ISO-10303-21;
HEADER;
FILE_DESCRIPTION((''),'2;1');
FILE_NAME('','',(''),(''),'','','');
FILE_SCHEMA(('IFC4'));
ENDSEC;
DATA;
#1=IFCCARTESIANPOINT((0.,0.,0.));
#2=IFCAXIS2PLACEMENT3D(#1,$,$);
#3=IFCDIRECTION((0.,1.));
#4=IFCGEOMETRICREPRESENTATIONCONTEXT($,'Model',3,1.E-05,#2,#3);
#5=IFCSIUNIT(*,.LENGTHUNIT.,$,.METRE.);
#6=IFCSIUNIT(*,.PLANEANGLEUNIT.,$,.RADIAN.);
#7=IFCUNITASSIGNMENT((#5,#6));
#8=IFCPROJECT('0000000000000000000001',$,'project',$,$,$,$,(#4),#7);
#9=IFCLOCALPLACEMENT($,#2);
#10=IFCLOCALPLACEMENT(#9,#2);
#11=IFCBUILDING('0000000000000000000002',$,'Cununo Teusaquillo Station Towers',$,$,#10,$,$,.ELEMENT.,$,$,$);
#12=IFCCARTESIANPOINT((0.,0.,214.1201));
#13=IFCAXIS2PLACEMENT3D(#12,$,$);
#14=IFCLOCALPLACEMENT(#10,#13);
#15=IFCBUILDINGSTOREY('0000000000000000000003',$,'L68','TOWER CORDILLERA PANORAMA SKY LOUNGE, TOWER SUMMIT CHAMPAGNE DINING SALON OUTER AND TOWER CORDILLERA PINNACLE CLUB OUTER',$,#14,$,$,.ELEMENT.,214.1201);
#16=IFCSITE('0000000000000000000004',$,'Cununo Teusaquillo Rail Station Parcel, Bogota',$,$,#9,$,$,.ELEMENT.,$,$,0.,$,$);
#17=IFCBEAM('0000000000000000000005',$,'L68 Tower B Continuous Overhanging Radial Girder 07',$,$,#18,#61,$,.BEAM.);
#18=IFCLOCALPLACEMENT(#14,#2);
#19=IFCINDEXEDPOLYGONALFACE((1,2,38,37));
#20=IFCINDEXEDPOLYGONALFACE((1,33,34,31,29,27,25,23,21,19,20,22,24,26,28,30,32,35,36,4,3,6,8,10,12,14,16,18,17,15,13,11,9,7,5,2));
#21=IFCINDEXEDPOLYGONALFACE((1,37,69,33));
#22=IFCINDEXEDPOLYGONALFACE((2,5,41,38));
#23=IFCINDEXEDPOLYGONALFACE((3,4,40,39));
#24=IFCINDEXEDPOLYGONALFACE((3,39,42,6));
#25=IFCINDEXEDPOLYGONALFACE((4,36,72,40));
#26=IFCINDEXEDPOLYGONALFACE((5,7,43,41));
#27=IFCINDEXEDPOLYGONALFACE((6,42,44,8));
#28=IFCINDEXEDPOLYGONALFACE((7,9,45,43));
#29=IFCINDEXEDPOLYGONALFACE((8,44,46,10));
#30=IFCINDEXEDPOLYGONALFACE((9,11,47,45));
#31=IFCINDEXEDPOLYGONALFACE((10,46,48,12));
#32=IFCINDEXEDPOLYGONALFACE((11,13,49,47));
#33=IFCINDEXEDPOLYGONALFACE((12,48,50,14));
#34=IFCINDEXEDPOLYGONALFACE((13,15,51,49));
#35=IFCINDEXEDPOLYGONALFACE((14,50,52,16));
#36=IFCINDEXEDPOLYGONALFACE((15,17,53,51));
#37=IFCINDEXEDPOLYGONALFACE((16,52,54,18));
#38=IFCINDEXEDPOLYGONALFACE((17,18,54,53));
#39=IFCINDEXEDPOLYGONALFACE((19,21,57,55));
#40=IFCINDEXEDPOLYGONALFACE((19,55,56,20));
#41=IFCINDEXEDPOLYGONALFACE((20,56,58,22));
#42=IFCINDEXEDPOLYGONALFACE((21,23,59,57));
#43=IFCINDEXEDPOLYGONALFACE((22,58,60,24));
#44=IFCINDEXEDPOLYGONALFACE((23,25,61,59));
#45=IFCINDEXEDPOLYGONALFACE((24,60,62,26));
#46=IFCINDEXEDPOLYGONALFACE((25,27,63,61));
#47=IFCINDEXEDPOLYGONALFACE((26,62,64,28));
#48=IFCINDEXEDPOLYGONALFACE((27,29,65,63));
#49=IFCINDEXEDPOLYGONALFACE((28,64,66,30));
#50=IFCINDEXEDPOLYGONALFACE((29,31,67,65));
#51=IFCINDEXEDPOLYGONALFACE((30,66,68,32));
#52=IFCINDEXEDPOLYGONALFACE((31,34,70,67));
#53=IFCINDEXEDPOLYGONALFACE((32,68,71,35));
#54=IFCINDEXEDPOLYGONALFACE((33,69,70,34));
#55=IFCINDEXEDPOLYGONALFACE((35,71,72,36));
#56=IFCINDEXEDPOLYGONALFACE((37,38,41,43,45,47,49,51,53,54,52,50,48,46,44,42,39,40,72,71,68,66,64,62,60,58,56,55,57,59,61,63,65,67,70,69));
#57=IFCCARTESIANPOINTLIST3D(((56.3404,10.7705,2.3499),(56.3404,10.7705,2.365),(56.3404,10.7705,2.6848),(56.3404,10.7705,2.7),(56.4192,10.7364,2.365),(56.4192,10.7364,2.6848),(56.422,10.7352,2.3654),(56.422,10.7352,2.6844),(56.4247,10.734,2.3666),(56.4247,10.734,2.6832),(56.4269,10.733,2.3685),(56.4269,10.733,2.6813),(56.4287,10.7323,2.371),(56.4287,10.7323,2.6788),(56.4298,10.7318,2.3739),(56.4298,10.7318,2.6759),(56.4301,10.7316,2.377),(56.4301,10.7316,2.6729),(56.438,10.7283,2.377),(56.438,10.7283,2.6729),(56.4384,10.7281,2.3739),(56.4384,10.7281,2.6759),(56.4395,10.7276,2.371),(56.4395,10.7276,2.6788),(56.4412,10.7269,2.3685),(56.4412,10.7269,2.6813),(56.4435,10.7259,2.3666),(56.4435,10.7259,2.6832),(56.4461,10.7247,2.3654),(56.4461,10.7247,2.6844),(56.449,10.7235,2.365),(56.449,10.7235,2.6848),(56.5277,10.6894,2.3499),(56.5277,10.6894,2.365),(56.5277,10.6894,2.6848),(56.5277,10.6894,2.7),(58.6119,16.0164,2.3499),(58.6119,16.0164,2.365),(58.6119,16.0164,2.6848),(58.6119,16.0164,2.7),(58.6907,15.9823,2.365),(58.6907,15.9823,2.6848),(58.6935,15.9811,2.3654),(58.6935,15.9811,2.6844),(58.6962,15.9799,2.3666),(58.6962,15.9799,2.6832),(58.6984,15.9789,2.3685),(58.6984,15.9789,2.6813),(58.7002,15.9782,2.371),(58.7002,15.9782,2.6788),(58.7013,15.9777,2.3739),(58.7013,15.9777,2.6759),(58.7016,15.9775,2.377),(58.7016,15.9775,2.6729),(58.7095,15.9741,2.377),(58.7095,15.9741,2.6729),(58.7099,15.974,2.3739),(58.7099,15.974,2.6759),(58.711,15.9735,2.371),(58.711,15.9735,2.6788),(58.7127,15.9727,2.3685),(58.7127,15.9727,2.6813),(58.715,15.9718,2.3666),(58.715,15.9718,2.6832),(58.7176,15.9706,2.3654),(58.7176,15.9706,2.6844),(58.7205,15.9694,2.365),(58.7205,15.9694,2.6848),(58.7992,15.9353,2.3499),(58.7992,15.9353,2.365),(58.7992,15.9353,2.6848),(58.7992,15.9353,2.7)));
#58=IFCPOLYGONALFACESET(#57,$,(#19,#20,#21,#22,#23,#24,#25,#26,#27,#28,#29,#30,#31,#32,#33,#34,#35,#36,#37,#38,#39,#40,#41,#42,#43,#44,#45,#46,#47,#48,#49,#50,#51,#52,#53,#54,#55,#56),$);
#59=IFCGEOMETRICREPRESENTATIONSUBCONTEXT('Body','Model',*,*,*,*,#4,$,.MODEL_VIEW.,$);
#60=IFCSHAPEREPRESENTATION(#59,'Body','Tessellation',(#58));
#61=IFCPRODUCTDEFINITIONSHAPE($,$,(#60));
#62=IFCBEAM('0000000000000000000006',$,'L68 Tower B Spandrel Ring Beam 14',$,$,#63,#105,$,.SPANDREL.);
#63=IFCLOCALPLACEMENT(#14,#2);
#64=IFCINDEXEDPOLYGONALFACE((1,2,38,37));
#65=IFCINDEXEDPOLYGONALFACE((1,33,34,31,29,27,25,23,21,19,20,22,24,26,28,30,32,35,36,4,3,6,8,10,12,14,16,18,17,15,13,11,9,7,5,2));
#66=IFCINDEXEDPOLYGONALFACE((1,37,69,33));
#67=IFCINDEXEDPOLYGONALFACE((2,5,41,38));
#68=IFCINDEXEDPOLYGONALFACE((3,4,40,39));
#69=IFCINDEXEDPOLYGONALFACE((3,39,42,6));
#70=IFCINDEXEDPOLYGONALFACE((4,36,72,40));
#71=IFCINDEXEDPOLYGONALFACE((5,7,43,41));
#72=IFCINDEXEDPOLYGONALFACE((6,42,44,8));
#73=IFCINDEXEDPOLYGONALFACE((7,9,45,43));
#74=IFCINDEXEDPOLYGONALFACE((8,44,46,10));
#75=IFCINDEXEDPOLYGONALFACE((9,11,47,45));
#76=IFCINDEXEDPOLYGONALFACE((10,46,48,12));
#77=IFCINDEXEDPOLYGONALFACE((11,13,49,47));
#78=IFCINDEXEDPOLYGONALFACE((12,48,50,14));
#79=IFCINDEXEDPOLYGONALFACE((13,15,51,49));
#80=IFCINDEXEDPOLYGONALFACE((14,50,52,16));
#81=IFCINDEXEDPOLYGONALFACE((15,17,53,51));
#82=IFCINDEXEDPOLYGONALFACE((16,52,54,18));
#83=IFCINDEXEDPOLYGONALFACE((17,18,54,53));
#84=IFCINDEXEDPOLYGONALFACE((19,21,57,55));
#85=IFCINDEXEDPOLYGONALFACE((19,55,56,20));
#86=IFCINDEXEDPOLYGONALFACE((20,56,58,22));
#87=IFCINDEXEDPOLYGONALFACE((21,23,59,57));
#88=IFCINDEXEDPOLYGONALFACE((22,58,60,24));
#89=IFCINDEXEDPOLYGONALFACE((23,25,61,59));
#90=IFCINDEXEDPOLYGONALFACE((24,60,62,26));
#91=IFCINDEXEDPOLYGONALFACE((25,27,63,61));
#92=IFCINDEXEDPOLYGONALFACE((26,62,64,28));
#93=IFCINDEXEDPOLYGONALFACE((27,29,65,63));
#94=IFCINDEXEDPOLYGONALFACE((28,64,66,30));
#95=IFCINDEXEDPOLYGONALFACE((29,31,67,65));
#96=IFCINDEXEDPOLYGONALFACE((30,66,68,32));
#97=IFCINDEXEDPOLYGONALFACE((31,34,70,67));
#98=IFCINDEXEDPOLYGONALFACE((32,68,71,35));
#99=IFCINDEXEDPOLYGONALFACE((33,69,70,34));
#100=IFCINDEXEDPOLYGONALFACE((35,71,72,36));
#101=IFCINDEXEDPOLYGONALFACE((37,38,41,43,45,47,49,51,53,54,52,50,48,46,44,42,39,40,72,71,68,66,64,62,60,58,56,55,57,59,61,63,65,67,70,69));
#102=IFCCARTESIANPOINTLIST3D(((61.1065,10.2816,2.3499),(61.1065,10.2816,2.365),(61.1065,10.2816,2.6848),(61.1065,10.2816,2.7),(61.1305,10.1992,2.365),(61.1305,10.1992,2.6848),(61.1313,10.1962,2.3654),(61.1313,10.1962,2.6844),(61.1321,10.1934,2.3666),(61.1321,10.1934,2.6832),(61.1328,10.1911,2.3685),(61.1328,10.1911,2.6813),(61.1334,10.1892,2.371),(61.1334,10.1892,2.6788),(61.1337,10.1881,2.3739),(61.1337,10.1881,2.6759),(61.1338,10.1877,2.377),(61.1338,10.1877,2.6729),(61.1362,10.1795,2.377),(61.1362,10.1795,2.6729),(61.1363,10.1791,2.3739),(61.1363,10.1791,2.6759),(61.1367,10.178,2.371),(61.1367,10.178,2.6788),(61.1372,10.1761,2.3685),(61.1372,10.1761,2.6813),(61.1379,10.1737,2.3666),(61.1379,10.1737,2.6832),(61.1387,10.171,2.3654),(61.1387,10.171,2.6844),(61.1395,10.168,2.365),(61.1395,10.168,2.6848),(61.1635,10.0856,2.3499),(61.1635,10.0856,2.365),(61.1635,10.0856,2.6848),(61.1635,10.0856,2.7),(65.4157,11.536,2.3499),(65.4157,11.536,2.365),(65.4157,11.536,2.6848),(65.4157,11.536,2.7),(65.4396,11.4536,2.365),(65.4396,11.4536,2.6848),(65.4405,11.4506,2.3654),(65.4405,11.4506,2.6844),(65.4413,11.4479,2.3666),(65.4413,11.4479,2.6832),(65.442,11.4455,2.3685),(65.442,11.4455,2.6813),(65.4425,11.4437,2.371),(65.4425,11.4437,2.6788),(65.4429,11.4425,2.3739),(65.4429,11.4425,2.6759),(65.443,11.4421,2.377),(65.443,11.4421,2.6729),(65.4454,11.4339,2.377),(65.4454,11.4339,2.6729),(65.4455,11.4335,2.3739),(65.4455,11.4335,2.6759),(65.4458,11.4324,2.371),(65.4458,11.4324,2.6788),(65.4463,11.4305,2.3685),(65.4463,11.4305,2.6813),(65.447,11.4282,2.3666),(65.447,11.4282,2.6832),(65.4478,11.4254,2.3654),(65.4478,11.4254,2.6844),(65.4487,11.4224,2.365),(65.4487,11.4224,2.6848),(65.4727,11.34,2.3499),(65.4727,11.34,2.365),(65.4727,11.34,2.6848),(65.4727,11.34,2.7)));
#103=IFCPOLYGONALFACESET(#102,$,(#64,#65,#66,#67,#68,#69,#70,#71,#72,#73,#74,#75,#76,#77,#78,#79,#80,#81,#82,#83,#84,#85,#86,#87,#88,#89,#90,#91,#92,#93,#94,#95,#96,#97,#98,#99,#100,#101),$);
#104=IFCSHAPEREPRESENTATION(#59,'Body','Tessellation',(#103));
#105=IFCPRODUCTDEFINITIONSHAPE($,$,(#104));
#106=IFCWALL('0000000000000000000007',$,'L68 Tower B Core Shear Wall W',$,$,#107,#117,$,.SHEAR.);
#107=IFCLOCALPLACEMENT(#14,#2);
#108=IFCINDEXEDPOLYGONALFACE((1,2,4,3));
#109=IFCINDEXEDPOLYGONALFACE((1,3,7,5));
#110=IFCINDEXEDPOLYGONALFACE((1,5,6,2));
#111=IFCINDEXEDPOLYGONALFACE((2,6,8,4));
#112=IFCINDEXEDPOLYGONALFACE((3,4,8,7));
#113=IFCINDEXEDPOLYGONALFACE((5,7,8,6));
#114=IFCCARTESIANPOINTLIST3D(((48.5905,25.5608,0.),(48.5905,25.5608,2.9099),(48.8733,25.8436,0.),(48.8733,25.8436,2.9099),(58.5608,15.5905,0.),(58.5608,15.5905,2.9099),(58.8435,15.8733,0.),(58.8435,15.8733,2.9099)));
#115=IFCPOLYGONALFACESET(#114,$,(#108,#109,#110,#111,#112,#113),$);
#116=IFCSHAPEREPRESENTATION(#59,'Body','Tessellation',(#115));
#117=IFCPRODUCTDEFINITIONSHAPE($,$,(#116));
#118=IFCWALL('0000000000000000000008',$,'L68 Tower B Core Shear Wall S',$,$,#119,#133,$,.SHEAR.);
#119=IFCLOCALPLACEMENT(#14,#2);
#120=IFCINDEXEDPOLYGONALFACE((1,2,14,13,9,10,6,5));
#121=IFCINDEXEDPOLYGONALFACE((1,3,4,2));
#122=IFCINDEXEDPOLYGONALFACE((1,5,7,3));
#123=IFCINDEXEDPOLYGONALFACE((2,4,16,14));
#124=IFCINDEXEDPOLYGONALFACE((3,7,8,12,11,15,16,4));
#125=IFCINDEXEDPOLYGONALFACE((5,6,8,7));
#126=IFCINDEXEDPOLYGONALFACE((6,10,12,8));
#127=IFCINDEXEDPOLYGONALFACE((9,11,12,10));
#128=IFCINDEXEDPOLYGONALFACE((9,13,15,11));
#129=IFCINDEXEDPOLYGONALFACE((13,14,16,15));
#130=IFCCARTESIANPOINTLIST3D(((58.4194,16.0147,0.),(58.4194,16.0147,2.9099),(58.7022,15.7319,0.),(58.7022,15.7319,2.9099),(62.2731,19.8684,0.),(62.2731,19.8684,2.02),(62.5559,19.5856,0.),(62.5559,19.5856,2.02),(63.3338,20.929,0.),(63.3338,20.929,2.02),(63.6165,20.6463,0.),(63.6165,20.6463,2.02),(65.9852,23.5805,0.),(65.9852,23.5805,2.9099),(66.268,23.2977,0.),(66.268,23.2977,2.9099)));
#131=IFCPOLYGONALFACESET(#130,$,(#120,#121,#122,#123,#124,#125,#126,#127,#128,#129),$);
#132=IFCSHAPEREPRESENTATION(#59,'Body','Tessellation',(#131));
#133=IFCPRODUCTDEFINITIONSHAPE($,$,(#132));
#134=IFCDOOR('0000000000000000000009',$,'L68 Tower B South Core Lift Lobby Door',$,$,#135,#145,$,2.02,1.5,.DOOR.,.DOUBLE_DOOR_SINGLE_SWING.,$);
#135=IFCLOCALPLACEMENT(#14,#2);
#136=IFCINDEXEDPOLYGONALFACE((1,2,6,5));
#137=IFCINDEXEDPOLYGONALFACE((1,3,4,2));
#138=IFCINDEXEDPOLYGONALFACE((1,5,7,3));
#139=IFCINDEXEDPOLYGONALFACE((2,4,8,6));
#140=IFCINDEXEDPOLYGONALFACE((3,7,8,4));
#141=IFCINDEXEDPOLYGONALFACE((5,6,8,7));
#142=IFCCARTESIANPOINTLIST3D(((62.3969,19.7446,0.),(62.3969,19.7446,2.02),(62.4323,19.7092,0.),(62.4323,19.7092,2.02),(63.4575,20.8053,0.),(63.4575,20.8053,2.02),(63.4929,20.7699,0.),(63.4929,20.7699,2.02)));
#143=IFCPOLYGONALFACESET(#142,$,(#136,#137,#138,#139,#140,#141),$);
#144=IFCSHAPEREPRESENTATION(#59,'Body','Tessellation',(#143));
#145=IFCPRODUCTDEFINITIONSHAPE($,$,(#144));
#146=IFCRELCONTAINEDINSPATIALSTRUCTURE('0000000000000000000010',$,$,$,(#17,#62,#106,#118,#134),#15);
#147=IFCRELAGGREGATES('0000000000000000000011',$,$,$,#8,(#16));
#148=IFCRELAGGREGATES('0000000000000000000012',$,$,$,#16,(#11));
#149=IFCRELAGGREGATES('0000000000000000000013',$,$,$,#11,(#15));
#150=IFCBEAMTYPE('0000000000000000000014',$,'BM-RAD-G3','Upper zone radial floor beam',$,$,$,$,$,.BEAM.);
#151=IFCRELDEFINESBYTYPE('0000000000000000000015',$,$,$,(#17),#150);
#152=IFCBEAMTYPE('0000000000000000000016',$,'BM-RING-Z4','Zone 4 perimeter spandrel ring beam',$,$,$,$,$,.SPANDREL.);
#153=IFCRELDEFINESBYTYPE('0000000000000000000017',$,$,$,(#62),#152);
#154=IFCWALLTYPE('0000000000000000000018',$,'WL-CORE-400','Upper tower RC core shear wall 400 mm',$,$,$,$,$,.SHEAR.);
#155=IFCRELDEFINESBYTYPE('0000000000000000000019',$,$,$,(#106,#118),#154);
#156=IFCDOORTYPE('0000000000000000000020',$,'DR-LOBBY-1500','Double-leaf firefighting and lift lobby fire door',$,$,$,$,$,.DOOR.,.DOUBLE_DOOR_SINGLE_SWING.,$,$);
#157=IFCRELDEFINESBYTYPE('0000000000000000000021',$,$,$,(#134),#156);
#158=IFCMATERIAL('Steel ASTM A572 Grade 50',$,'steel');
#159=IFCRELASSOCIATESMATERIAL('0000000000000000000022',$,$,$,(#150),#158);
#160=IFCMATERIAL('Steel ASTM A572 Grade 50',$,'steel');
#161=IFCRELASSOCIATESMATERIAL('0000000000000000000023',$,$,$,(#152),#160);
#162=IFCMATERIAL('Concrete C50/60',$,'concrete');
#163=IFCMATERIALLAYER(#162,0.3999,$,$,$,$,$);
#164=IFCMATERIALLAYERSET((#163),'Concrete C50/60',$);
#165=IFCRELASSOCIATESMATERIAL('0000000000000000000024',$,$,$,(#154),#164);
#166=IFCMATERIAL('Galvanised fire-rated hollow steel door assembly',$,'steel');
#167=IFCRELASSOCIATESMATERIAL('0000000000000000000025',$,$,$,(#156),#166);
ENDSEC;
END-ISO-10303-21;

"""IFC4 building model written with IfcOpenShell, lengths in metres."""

from ifc_helpers import new_model, si_unit, direction, frame, frame_2d, origin, origin_2d, place, context, subcontext, project, spatial, rectangle, i_section, extrude, source, transform, mapped, material, layer, layer_set, material_profile, profile_set, type_object, element, fill, save


model = new_model("IFC4")

# Units and contexts
model_context = context("Model", 3, precision=1e-05, world=origin(), true_north=direction((0.0, 1.0)))
body_context = subcontext(model_context, "Body", "Model", "MODEL_VIEW")
ifc_project = project(units=[si_unit("LENGTHUNIT", "METRE"), si_unit("PLANEANGLEUNIT", "RADIAN")], contexts=[model_context])

# Site, building, storey
site_placement = place(None, origin())
site = spatial("IfcSite", under=ifc_project, at=site_placement, Name="Cununo Teusaquillo Rail Station Parcel, Bogota", CompositionType="ELEMENT", RefElevation=0.0)
building_placement = place(site_placement, origin())
building = spatial("IfcBuilding", under=site, at=building_placement, Name="Cununo Teusaquillo Station Towers", CompositionType="ELEMENT")
storey_placement = place(building_placement, frame((0.0, 0.0, 214.1201)))
storey = spatial("IfcBuildingStorey", under=building, at=storey_placement, Name="L68", Description="TOWER CORDILLERA PANORAMA SKY LOUNGE, TOWER SUMMIT CHAMPAGNE DINING SALON OUTER AND TOWER CORDILLERA PINNACLE CLUB OUTER", CompositionType="ELEMENT", Elevation=214.1201)

# Beams
ifc_material_1 = material(Name="Steel ASTM A572 Grade 50", Category="steel")
ifc_material_profile_1 = material_profile(ifc_material_1, i_section(OverallWidth=0.2041, OverallDepth=0.3501, WebThickness=0.0085, FlangeThickness=0.0151, FilletRadius=0.012, at=origin_2d()), Name="W14X48")
ifc_profile_set_1 = profile_set([ifc_material_profile_1], Name="Steel ASTM A572 Grade 50")
beam_type_1 = type_object("IfcBeamType", Name="BM-RAD-G3", Description="Upper zone radial floor beam", PredefinedType="BEAM", material=ifc_profile_set_1)
beam_1_placement = place(storey_placement, frame((58.7056, 15.9758, 2.5249), z_axis=(-0.397355, -0.917665, 0.0), x_axis=(0.917665, -0.397355, 0.0)))
element("IfcBeam", 1, at=beam_1_placement, inside=storey, type_object=beam_type_1, Name="L68 Tower B Continuous Overhanging Radial Girder 07", PredefinedType="BEAM", context=body_context, shape_type="SweptSolid", body=[
    extrude(i_section(OverallWidth=0.2041, OverallDepth=0.3501, WebThickness=0.0085, FlangeThickness=0.0151, FilletRadius=0.012, at=origin_2d()), origin(), (0.0, 0.0, 1.0), 5.7166),
])
ifc_material_2 = material(Name="Steel ASTM A572 Grade 50", Category="steel")
ifc_material_profile_2 = material_profile(ifc_material_2, i_section(OverallWidth=0.2041, OverallDepth=0.3501, WebThickness=0.0085, FlangeThickness=0.0151, FilletRadius=0.012, at=origin_2d()), Name="W14X48")
ifc_profile_set_2 = profile_set([ifc_material_profile_2], Name="Steel ASTM A572 Grade 50")
beam_type_2 = type_object("IfcBeamType", Name="BM-RING-Z4", Description="Zone 4 perimeter spandrel ring beam", PredefinedType="SPANDREL", material=ifc_profile_set_2)
beam_2_placement = place(storey_placement, frame((61.135, 10.1836, 2.5249), z_axis=(0.960145, 0.279503, 0.0), x_axis=(-0.279503, 0.960145, 0.0)))
element("IfcBeam", 2, at=beam_2_placement, inside=storey, type_object=beam_type_2, Name="L68 Tower B Spandrel Ring Beam 14", PredefinedType="SPANDREL", context=body_context, shape_type="SweptSolid", body=[
    extrude(i_section(OverallWidth=0.2041, OverallDepth=0.3501, WebThickness=0.0085, FlangeThickness=0.0151, FilletRadius=0.012, at=origin_2d()), origin(), (0.0, 0.0, 1.0), 4.488),
])

# Wall
ifc_material_3 = material(Name="Concrete C50/60", Category="concrete")
ifc_layer_1 = layer(ifc_material_3, 0.3999)
ifc_layer_set_1 = layer_set([ifc_layer_1], Name="Concrete C50/60")
wall_type_1 = type_object("IfcWallType", Name="WL-CORE-400", Description="Upper tower RC core shear wall 400 mm", PredefinedType="SHEAR", material=ifc_layer_set_1)
wall_1_placement = place(storey_placement, frame((58.7021, 15.7319, 0.0), z_axis=(0.0, 0.0, 1.0), x_axis=(-0.707107, 0.707107, 0.0)))
element("IfcWall", 3, at=wall_1_placement, inside=storey, type_object=wall_type_1, Name="L68 Tower B Core Shear Wall W", PredefinedType="SHEAR", context=body_context, shape_type="SweptSolid", body=[
    extrude(rectangle(XDim=14.1001, YDim=0.3999, at=frame_2d((7.05, 0.0))), origin(), (0.0, 0.0, 1.0), 2.9099),
])

# Wall, opening, door
wall_2_placement = place(storey_placement, frame((58.5608, 15.8733, 0.0), z_axis=(0.0, 0.0, 1.0), x_axis=(0.707107, 0.707107, 0.0)))
wall_2 = element("IfcWall", 4, at=wall_2_placement, inside=storey, type_object=wall_type_1, Name="L68 Tower B Core Shear Wall S", PredefinedType="SHEAR", context=body_context, shape_type="SweptSolid", body=[
    extrude(rectangle(XDim=10.6997, YDim=0.3999, at=frame_2d((5.3499, 0.0))), origin(), (0.0, 0.0, 1.0), 2.9099),
])
shared_shape_1 = source(origin(), body_context, "Body", "SweptSolid", [
    extrude(rectangle(XDim=1.5, YDim=2.02, at=frame_2d((0.75, 1.01))), frame((0.0, 0.21, 0.0), z_axis=(0.0, -1.0, 0.0), x_axis=(1.0, 0.0, 0.0)), (0.0, 0.0, 1.0), 0.4199),
])
opening_1_placement = place(wall_2_placement, frame((5.45, 0.0, 0.0)))
opening_1 = element("IfcOpeningElement", 5, at=opening_1_placement, cuts=wall_2, PredefinedType="OPENING", context=body_context, shape_type="MappedRepresentation", body=[
    mapped(shared_shape_1, transform((0.0, 0.0, 0.0), x_axis=(1.0, 0.0, 0.0), y_axis=(0.0, 1.0, 0.0), z_axis=(0.0, 0.0, 1.0), scale=1.0)),
])
ifc_material_4 = material(Name="Galvanised fire-rated hollow steel door assembly", Category="steel")
door_type_1 = type_object("IfcDoorType", Name="DR-LOBBY-1500", Description="Double-leaf firefighting and lift lobby fire door", OperationType="DOUBLE_DOOR_SINGLE_SWING", PredefinedType="DOOR", material=ifc_material_4)
shared_shape_2 = source(origin(), body_context, "Body", "SweptSolid", [
    extrude(rectangle(XDim=1.5, YDim=2.02, at=frame_2d((0.75, 1.01))), frame((0.0, 0.0249, 0.0), z_axis=(0.0, -1.0, 0.0), x_axis=(1.0, 0.0, 0.0)), (0.0, 0.0, 1.0), 0.05),
])
door_1_placement = place(opening_1_placement, origin())
door_1 = element("IfcDoor", 6, at=door_1_placement, inside=storey, type_object=door_type_1, Name="L68 Tower B South Core Lift Lobby Door", OperationType="DOUBLE_DOOR_SINGLE_SWING", OverallHeight=2.02, OverallWidth=1.5, PredefinedType="DOOR", context=body_context, shape_type="MappedRepresentation", body=[
    mapped(shared_shape_2, transform((0.0, 0.0, 0.0), x_axis=(1.0, 0.0, 0.0), y_axis=(0.0, 1.0, 0.0), z_axis=(0.0, 0.0, 1.0), scale=1.0)),
])
fill(opening_1, door_1)

save(model, "model.ifc")
